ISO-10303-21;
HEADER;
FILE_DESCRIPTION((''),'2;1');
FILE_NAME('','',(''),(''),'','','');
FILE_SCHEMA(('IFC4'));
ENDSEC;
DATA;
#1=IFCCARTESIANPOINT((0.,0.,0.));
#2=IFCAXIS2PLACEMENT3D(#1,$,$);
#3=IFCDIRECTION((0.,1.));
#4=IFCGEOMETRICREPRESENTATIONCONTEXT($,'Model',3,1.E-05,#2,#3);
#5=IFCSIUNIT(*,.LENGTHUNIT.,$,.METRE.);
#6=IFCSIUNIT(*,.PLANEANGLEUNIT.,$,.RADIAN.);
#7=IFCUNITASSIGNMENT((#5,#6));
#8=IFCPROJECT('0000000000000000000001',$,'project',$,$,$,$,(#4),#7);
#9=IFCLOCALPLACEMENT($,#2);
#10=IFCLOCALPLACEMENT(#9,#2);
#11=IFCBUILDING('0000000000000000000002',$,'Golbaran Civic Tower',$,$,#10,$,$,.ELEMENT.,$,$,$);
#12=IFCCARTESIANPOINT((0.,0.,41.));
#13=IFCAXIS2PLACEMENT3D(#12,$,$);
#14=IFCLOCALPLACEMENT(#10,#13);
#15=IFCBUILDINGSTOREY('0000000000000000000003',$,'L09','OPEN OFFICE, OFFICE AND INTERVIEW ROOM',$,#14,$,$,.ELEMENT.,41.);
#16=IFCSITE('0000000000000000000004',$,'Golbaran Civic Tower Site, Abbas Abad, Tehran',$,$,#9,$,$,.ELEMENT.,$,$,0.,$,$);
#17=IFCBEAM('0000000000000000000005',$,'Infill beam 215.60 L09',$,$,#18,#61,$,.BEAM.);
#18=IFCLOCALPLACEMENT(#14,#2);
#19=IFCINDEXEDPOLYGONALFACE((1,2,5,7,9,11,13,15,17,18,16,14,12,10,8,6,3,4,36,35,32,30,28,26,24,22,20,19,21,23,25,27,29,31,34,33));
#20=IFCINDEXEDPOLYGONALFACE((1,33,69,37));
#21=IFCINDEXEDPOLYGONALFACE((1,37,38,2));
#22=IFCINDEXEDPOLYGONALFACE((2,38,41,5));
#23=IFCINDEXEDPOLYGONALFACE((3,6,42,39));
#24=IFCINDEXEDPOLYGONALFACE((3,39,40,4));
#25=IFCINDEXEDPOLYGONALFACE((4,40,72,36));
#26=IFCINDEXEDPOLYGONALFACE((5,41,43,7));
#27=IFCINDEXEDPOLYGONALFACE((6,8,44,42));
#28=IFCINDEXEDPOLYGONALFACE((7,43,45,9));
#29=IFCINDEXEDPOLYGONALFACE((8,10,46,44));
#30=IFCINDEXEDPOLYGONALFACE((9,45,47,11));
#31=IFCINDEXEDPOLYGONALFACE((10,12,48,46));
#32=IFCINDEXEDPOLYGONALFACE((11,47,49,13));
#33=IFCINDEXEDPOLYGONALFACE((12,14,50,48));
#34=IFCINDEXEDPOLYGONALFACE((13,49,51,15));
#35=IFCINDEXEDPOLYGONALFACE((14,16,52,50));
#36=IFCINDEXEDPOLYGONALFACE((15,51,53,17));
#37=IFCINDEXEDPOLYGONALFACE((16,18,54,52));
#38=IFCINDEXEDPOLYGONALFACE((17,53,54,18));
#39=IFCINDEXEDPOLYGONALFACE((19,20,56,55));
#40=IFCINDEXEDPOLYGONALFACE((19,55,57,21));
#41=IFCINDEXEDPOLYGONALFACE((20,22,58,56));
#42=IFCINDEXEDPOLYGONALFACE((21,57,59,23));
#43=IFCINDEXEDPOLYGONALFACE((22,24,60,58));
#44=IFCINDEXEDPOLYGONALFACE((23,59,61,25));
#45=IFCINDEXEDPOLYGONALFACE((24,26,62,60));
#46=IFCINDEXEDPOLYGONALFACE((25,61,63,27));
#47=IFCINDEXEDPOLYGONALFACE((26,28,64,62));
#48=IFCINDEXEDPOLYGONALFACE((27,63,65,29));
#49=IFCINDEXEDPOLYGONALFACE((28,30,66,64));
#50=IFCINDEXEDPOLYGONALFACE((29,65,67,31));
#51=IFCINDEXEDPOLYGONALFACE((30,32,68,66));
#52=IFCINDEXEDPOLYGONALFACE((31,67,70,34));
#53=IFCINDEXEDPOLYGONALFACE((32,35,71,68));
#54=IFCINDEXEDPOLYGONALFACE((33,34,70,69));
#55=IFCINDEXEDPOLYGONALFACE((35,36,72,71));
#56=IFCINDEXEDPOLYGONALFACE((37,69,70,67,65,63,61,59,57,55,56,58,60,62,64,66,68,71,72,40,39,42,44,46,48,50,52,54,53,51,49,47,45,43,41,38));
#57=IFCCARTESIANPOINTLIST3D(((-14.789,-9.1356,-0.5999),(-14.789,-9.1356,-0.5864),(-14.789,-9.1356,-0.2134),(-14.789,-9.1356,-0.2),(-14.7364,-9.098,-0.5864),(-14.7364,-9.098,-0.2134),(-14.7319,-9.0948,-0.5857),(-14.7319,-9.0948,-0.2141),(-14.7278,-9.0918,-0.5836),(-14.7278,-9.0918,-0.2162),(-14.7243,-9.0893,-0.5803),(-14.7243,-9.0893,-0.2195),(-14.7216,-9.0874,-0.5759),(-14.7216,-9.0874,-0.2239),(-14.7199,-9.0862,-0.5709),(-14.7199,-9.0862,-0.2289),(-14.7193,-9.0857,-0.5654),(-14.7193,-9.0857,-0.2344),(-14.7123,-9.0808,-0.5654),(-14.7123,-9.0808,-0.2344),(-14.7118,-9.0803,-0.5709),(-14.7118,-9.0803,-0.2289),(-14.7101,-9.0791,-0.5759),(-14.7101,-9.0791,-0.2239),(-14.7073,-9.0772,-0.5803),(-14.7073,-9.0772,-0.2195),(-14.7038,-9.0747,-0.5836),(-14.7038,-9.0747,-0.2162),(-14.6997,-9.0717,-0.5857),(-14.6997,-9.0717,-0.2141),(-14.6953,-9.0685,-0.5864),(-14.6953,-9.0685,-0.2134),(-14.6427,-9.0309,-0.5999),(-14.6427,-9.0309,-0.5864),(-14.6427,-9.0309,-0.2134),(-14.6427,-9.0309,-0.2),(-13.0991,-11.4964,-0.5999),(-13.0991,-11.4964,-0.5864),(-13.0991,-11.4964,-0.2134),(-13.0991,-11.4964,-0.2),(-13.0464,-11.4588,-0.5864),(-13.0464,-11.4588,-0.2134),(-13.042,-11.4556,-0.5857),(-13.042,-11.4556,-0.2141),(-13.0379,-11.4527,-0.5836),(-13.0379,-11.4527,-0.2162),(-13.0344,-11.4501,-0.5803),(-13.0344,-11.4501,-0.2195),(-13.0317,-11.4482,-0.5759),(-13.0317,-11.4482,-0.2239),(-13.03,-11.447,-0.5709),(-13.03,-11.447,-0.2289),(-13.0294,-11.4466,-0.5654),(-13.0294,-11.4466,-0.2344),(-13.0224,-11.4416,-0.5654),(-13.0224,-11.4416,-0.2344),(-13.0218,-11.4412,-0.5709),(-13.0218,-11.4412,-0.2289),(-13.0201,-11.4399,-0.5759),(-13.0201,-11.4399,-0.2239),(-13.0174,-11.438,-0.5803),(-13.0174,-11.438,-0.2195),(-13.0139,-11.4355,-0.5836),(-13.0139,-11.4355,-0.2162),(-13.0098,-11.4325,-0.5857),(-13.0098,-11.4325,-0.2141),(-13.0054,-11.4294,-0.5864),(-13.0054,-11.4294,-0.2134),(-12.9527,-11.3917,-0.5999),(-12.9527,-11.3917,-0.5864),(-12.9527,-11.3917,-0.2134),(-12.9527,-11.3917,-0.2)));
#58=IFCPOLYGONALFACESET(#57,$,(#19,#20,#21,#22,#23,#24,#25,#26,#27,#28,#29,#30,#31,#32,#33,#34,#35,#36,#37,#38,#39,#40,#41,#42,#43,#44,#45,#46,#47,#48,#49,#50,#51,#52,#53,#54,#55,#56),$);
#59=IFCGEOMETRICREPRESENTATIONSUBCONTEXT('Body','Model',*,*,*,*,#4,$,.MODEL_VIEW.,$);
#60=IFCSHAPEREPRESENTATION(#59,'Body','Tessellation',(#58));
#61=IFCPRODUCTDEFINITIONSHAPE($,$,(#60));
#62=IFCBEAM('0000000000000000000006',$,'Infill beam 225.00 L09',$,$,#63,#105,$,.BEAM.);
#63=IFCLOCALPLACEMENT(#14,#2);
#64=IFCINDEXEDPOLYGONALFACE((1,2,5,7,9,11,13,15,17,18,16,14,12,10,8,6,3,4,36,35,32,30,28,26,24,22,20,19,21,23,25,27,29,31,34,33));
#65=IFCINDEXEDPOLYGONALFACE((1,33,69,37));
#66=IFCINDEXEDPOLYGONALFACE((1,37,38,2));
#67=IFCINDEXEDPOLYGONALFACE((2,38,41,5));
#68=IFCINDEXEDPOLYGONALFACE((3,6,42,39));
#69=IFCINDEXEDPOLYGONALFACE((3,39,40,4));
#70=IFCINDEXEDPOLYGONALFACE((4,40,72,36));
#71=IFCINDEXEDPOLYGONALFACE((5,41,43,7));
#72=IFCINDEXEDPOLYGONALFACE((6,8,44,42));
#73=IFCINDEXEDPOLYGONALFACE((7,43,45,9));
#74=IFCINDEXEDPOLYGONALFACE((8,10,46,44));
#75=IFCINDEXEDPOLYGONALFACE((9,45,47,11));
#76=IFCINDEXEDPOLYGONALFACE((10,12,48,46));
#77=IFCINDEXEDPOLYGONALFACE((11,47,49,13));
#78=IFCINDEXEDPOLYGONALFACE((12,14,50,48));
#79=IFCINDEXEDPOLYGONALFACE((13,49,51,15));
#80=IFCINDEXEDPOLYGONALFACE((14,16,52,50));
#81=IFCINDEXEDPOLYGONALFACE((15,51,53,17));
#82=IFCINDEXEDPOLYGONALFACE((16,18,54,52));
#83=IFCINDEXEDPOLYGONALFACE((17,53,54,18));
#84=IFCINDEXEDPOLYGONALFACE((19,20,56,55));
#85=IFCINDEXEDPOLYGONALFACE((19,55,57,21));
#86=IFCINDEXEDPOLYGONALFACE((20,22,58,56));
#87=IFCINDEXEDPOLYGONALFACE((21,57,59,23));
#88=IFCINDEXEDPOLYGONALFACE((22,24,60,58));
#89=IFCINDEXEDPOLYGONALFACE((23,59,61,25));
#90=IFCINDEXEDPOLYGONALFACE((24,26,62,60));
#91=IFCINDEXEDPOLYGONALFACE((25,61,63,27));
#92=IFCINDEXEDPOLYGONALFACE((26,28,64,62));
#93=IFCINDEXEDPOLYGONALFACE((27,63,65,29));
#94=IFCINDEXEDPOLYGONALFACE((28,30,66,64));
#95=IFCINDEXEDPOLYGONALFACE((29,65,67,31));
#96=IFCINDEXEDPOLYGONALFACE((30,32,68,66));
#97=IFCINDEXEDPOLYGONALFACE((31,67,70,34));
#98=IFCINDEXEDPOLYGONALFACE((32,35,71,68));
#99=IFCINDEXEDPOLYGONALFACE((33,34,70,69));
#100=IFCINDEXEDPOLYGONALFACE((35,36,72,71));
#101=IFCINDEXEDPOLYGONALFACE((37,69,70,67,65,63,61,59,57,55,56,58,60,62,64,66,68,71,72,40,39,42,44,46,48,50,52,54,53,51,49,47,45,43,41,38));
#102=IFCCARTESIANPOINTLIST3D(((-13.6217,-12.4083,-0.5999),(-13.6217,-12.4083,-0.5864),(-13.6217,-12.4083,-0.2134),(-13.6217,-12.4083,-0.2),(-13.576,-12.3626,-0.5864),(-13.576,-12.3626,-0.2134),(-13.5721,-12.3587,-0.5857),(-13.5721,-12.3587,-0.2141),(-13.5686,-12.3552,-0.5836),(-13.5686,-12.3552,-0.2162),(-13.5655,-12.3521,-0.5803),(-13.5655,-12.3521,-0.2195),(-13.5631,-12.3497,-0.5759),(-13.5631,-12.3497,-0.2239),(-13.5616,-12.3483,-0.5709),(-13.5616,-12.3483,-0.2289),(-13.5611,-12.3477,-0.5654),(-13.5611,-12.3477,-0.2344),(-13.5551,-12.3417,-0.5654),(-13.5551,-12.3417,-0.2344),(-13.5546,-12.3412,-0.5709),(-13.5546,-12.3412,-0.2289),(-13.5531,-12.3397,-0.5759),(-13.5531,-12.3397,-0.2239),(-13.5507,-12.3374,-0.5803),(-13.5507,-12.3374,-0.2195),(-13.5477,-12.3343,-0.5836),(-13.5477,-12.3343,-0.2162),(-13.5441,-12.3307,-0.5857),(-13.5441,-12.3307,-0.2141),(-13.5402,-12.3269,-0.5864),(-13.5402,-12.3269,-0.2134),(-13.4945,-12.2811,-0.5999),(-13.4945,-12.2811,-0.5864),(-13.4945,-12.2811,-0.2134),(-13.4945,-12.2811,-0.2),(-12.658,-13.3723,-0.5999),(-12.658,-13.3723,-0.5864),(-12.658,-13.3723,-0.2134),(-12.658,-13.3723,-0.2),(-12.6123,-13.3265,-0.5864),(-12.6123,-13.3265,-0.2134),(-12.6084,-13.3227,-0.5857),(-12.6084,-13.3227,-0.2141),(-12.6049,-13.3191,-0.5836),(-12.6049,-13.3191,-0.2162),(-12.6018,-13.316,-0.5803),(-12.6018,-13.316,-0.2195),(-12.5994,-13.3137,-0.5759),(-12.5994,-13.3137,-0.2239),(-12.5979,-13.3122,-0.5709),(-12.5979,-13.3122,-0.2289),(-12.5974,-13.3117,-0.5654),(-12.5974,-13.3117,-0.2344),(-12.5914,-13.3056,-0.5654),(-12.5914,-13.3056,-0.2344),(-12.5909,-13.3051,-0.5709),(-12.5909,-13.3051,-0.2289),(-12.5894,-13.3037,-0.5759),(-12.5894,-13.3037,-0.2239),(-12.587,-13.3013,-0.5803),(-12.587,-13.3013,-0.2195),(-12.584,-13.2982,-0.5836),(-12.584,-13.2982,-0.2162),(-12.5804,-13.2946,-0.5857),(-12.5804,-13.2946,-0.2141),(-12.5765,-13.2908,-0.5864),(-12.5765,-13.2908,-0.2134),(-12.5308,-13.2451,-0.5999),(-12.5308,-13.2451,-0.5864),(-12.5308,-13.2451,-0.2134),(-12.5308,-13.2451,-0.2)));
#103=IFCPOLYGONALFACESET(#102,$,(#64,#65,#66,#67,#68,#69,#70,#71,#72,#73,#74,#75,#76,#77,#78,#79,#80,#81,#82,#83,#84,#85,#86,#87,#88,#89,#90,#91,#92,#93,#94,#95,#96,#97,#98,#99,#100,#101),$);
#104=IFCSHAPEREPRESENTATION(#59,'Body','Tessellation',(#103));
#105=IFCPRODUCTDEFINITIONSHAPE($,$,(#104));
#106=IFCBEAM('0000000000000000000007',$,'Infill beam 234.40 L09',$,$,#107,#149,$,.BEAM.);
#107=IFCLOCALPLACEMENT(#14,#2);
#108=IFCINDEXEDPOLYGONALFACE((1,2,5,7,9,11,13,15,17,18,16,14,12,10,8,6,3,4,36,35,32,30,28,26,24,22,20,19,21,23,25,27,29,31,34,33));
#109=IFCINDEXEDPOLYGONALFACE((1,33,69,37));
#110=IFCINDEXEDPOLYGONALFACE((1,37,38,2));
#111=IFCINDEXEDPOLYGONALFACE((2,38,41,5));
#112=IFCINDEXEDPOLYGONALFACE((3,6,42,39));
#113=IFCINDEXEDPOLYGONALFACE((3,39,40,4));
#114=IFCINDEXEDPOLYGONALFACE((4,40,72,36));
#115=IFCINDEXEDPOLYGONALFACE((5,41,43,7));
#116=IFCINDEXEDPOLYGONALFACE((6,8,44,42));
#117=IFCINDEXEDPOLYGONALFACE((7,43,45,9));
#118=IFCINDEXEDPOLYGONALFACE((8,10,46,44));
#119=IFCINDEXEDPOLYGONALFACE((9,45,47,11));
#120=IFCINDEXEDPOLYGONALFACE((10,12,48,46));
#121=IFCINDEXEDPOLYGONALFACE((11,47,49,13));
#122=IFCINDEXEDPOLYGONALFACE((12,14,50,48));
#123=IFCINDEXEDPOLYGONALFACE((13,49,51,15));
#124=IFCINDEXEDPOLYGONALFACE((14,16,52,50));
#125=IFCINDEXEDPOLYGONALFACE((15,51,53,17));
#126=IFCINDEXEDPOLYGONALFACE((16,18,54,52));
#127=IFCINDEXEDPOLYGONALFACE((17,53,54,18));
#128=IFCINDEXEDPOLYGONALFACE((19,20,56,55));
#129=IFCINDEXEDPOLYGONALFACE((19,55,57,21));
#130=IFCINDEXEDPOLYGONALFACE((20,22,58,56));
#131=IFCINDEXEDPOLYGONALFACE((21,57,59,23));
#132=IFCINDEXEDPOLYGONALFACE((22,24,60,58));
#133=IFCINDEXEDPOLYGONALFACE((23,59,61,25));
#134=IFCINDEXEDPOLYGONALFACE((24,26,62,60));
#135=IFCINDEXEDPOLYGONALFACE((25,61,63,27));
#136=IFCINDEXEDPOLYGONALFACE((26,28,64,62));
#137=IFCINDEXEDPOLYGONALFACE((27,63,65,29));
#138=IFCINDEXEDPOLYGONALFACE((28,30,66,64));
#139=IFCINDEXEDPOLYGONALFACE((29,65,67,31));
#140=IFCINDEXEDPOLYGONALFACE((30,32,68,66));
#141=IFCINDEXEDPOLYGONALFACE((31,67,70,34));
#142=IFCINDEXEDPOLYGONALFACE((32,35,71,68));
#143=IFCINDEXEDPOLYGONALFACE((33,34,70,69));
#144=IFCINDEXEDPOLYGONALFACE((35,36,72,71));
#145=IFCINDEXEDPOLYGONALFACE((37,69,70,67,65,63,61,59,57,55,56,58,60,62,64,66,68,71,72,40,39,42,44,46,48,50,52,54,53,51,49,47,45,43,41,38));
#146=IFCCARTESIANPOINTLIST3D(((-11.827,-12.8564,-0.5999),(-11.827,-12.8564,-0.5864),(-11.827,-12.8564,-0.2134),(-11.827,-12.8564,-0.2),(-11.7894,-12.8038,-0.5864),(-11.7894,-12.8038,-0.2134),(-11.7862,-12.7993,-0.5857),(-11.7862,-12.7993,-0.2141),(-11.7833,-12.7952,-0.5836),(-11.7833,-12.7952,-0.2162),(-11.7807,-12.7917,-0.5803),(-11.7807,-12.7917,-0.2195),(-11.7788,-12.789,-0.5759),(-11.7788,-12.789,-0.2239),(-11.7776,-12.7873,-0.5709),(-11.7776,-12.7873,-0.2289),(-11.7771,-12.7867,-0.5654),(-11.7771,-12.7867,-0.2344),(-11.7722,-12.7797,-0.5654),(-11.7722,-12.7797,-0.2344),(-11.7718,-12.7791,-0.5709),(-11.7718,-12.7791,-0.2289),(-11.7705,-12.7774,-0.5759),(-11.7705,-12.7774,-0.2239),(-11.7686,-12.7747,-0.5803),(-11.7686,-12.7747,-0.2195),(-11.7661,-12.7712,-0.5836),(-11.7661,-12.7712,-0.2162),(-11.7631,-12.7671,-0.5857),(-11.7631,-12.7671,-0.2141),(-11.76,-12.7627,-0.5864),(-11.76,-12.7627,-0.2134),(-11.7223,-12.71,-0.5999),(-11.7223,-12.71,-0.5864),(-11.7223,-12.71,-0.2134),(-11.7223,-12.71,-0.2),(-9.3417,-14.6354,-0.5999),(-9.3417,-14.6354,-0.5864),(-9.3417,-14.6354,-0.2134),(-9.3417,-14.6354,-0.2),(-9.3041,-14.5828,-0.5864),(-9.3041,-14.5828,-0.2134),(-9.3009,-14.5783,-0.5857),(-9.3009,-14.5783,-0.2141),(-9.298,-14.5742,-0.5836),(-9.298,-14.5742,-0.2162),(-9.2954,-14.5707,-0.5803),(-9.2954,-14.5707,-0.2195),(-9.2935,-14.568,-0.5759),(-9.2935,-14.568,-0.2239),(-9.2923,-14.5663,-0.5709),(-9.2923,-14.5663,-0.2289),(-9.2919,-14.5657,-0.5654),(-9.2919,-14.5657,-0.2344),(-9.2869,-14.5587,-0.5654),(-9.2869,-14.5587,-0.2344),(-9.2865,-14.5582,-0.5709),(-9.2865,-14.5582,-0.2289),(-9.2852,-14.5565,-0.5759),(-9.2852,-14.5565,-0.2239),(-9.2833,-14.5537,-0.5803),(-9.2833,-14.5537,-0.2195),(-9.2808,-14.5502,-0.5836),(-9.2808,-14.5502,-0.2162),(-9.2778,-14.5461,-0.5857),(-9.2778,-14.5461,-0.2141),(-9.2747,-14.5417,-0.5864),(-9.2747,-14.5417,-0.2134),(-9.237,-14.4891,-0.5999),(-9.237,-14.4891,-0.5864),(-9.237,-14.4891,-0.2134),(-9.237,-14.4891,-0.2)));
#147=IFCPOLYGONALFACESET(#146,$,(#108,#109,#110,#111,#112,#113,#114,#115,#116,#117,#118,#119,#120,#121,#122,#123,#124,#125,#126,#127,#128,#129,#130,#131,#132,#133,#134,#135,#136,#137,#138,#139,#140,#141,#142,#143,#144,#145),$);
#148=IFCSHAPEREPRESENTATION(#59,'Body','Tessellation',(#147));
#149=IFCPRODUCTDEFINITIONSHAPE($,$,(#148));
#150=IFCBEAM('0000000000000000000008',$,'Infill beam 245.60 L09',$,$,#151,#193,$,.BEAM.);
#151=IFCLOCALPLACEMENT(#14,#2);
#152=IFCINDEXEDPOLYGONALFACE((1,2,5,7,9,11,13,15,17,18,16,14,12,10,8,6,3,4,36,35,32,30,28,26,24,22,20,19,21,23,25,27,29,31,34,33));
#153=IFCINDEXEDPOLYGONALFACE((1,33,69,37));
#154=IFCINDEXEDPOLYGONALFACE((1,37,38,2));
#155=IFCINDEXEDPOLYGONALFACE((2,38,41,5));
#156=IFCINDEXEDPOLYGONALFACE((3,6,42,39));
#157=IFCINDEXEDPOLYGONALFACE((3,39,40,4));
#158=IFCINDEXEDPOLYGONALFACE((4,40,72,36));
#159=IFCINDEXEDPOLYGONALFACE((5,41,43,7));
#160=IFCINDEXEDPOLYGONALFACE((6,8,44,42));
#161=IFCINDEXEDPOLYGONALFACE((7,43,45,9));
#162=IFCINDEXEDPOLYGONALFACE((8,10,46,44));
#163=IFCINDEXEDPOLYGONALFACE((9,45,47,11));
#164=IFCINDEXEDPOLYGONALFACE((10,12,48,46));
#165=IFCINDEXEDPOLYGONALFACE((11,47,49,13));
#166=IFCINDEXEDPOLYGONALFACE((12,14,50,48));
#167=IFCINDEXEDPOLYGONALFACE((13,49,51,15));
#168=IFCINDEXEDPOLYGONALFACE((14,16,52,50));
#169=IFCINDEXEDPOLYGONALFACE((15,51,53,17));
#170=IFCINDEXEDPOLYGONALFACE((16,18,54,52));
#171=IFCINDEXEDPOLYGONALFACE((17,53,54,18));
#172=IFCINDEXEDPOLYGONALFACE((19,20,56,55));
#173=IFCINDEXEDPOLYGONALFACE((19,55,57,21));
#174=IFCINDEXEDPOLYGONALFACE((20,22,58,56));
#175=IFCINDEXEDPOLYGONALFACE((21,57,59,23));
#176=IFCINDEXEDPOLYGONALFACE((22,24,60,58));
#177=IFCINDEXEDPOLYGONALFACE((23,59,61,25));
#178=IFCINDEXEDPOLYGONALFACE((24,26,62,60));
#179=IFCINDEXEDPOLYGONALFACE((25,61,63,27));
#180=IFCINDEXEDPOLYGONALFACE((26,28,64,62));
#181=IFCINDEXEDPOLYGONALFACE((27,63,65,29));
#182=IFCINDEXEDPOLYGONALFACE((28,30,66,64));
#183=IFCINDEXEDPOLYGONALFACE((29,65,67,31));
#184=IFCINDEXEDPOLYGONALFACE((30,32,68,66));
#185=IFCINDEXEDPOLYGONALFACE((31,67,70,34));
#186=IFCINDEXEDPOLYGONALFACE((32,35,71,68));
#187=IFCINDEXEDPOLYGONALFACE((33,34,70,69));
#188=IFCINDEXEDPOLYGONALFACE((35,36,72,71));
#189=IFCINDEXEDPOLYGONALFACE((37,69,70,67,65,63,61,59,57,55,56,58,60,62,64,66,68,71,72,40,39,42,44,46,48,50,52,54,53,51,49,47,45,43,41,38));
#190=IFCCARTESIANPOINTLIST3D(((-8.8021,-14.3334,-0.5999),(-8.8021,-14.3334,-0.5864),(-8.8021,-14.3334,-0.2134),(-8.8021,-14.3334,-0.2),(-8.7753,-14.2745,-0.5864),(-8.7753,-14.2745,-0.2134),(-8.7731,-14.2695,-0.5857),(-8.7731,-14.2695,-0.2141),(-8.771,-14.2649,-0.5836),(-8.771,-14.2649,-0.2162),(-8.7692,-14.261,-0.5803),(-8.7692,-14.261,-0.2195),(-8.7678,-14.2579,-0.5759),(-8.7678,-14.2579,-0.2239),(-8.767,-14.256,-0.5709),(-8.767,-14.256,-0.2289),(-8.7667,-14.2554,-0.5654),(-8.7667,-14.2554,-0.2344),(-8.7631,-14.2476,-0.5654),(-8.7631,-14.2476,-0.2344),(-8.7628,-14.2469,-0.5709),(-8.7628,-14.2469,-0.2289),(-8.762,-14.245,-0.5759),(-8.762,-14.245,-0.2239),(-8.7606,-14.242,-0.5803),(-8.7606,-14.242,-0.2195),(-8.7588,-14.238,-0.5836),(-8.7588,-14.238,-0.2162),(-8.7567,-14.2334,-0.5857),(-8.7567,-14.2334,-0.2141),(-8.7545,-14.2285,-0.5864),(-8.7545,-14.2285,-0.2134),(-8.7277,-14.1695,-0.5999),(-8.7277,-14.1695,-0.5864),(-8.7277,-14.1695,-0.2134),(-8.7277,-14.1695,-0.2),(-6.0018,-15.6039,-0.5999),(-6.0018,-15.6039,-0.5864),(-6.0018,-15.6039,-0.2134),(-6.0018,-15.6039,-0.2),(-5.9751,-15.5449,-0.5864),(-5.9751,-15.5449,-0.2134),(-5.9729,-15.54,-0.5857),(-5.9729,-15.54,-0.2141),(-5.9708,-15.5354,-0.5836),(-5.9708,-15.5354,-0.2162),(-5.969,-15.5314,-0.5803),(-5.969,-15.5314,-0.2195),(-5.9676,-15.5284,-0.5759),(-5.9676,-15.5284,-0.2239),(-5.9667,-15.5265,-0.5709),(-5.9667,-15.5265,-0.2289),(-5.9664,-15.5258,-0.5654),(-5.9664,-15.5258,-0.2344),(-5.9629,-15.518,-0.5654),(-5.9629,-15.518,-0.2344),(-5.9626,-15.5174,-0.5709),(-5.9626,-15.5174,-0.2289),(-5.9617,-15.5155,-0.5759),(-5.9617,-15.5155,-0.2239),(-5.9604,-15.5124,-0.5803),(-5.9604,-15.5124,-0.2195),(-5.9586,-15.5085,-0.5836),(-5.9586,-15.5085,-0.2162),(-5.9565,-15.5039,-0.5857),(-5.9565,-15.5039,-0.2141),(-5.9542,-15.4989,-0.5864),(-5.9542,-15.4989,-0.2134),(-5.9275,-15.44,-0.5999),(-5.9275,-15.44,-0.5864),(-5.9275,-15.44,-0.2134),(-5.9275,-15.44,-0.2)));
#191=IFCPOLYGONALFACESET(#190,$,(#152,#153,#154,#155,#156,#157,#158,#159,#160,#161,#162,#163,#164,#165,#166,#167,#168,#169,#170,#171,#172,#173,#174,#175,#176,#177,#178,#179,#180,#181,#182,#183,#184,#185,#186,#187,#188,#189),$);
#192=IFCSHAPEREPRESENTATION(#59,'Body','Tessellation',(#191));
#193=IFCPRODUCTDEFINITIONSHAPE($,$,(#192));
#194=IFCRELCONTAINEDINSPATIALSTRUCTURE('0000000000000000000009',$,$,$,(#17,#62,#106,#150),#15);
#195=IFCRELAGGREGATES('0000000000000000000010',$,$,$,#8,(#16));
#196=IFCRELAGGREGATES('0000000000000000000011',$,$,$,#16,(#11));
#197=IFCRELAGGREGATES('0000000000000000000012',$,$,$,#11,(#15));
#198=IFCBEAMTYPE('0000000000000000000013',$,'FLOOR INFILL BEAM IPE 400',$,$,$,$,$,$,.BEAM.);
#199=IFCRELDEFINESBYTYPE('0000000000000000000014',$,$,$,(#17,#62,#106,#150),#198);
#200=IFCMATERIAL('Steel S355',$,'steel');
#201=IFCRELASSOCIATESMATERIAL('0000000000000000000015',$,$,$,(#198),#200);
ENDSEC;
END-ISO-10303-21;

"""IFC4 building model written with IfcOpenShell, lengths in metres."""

from ifc_helpers import new_model, si_unit, direction, frame, origin, origin_2d, place, context, subcontext, project, spatial, i_section, extrude, material, material_profile, profile_set, type_object, element, save


model = new_model("IFC4")

# Units and contexts
model_context = context("Model", 3, precision=1e-05, world=origin(), true_north=direction((0.0, 1.0)))
body_context = subcontext(model_context, "Body", "Model", "MODEL_VIEW")
ifc_project = project(units=[si_unit("LENGTHUNIT", "METRE"), si_unit("PLANEANGLEUNIT", "RADIAN")], contexts=[model_context])

# Site, building, storey
site_placement = place(None, origin())
site = spatial("IfcSite", under=ifc_project, at=site_placement, Name="Golbaran Civic Tower Site, Abbas Abad, Tehran", CompositionType="ELEMENT", RefElevation=0.0)
building_placement = place(site_placement, origin())
building = spatial("IfcBuilding", under=site, at=building_placement, Name="Golbaran Civic Tower", CompositionType="ELEMENT")
storey_placement = place(building_placement, frame((0.0, 0.0, 41.0)))
storey = spatial("IfcBuildingStorey", under=building, at=storey_placement, Name="L09", Description="OPEN OFFICE, OFFICE AND INTERVIEW ROOM", CompositionType="ELEMENT", Elevation=41.0)

# Beams
ifc_material_1 = material(Name="Steel S355", Category="steel")
ifc_material_profile_1 = material_profile(ifc_material_1, i_section(OverallWidth=0.1799, OverallDepth=0.3999, WebThickness=0.0085, FlangeThickness=0.0134, FilletRadius=0.021, at=origin_2d()), Name="IPE 400")
ifc_profile_set_1 = profile_set([ifc_material_profile_1], Name="Steel S355")
beam_type_1 = type_object("IfcBeamType", Name="FLOOR INFILL BEAM IPE 400", PredefinedType="BEAM", material=ifc_profile_set_1)
beam_1_placement = place(storey_placement, frame((-14.7158, -9.0833, -0.3999), z_axis=(0.582065, -0.813142, 0.0), x_axis=(0.813142, 0.582065, 0.0)))
element("IfcBeam", 1, at=beam_1_placement, inside=storey, type_object=beam_type_1, Name="Infill beam 215.60 L09", PredefinedType="BEAM", context=body_context, shape_type="SweptSolid", body=[
    extrude(i_section(OverallWidth=0.1799, OverallDepth=0.3999, WebThickness=0.0085, FlangeThickness=0.0134, FilletRadius=0.021, at=origin_2d()), origin(), (0.0, 0.0, 1.0), 2.9033),
])
beam_2_placement = place(storey_placement, frame((-13.5581, -12.3447, -0.3999), z_axis=(0.707017, -0.707196, 0.0), x_axis=(0.707196, 0.707017, 0.0)))
element("IfcBeam", 2, at=beam_2_placement, inside=storey, type_object=beam_type_1, Name="Infill beam 225.00 L09", PredefinedType="BEAM", context=body_context, shape_type="SweptSolid", body=[
    extrude(i_section(OverallWidth=0.1799, OverallDepth=0.3999, WebThickness=0.0085, FlangeThickness=0.0134, FilletRadius=0.021, at=origin_2d()), origin(), (0.0, 0.0, 1.0), 1.363),
])
beam_3_placement = place(storey_placement, frame((-11.7747, -12.7832, -0.3999), z_axis=(0.813145, -0.582061, 0.0), x_axis=(0.582061, 0.813145, 0.0)))
element("IfcBeam", 3, at=beam_3_placement, inside=storey, type_object=beam_type_1, Name="Infill beam 234.40 L09", PredefinedType="BEAM", context=body_context, shape_type="SweptSolid", body=[
    extrude(i_section(OverallWidth=0.1799, OverallDepth=0.3999, WebThickness=0.0085, FlangeThickness=0.0134, FilletRadius=0.021, at=origin_2d()), origin(), (0.0, 0.0, 1.0), 3.0564),
])
beam_4_placement = place(storey_placement, frame((-8.7649, -14.2515, -0.3999), z_axis=(0.910654, -0.413169, 0.0), x_axis=(0.413169, 0.910654, 0.0)))
element("IfcBeam", 4, at=beam_4_placement, inside=storey, type_object=beam_type_1, Name="Infill beam 245.60 L09", PredefinedType="BEAM", context=body_context, shape_type="SweptSolid", body=[
    extrude(i_section(OverallWidth=0.1799, OverallDepth=0.3999, WebThickness=0.0085, FlangeThickness=0.0134, FilletRadius=0.021, at=origin_2d()), origin(), (0.0, 0.0, 1.0), 3.075),
])

save(model, "model.ifc")
